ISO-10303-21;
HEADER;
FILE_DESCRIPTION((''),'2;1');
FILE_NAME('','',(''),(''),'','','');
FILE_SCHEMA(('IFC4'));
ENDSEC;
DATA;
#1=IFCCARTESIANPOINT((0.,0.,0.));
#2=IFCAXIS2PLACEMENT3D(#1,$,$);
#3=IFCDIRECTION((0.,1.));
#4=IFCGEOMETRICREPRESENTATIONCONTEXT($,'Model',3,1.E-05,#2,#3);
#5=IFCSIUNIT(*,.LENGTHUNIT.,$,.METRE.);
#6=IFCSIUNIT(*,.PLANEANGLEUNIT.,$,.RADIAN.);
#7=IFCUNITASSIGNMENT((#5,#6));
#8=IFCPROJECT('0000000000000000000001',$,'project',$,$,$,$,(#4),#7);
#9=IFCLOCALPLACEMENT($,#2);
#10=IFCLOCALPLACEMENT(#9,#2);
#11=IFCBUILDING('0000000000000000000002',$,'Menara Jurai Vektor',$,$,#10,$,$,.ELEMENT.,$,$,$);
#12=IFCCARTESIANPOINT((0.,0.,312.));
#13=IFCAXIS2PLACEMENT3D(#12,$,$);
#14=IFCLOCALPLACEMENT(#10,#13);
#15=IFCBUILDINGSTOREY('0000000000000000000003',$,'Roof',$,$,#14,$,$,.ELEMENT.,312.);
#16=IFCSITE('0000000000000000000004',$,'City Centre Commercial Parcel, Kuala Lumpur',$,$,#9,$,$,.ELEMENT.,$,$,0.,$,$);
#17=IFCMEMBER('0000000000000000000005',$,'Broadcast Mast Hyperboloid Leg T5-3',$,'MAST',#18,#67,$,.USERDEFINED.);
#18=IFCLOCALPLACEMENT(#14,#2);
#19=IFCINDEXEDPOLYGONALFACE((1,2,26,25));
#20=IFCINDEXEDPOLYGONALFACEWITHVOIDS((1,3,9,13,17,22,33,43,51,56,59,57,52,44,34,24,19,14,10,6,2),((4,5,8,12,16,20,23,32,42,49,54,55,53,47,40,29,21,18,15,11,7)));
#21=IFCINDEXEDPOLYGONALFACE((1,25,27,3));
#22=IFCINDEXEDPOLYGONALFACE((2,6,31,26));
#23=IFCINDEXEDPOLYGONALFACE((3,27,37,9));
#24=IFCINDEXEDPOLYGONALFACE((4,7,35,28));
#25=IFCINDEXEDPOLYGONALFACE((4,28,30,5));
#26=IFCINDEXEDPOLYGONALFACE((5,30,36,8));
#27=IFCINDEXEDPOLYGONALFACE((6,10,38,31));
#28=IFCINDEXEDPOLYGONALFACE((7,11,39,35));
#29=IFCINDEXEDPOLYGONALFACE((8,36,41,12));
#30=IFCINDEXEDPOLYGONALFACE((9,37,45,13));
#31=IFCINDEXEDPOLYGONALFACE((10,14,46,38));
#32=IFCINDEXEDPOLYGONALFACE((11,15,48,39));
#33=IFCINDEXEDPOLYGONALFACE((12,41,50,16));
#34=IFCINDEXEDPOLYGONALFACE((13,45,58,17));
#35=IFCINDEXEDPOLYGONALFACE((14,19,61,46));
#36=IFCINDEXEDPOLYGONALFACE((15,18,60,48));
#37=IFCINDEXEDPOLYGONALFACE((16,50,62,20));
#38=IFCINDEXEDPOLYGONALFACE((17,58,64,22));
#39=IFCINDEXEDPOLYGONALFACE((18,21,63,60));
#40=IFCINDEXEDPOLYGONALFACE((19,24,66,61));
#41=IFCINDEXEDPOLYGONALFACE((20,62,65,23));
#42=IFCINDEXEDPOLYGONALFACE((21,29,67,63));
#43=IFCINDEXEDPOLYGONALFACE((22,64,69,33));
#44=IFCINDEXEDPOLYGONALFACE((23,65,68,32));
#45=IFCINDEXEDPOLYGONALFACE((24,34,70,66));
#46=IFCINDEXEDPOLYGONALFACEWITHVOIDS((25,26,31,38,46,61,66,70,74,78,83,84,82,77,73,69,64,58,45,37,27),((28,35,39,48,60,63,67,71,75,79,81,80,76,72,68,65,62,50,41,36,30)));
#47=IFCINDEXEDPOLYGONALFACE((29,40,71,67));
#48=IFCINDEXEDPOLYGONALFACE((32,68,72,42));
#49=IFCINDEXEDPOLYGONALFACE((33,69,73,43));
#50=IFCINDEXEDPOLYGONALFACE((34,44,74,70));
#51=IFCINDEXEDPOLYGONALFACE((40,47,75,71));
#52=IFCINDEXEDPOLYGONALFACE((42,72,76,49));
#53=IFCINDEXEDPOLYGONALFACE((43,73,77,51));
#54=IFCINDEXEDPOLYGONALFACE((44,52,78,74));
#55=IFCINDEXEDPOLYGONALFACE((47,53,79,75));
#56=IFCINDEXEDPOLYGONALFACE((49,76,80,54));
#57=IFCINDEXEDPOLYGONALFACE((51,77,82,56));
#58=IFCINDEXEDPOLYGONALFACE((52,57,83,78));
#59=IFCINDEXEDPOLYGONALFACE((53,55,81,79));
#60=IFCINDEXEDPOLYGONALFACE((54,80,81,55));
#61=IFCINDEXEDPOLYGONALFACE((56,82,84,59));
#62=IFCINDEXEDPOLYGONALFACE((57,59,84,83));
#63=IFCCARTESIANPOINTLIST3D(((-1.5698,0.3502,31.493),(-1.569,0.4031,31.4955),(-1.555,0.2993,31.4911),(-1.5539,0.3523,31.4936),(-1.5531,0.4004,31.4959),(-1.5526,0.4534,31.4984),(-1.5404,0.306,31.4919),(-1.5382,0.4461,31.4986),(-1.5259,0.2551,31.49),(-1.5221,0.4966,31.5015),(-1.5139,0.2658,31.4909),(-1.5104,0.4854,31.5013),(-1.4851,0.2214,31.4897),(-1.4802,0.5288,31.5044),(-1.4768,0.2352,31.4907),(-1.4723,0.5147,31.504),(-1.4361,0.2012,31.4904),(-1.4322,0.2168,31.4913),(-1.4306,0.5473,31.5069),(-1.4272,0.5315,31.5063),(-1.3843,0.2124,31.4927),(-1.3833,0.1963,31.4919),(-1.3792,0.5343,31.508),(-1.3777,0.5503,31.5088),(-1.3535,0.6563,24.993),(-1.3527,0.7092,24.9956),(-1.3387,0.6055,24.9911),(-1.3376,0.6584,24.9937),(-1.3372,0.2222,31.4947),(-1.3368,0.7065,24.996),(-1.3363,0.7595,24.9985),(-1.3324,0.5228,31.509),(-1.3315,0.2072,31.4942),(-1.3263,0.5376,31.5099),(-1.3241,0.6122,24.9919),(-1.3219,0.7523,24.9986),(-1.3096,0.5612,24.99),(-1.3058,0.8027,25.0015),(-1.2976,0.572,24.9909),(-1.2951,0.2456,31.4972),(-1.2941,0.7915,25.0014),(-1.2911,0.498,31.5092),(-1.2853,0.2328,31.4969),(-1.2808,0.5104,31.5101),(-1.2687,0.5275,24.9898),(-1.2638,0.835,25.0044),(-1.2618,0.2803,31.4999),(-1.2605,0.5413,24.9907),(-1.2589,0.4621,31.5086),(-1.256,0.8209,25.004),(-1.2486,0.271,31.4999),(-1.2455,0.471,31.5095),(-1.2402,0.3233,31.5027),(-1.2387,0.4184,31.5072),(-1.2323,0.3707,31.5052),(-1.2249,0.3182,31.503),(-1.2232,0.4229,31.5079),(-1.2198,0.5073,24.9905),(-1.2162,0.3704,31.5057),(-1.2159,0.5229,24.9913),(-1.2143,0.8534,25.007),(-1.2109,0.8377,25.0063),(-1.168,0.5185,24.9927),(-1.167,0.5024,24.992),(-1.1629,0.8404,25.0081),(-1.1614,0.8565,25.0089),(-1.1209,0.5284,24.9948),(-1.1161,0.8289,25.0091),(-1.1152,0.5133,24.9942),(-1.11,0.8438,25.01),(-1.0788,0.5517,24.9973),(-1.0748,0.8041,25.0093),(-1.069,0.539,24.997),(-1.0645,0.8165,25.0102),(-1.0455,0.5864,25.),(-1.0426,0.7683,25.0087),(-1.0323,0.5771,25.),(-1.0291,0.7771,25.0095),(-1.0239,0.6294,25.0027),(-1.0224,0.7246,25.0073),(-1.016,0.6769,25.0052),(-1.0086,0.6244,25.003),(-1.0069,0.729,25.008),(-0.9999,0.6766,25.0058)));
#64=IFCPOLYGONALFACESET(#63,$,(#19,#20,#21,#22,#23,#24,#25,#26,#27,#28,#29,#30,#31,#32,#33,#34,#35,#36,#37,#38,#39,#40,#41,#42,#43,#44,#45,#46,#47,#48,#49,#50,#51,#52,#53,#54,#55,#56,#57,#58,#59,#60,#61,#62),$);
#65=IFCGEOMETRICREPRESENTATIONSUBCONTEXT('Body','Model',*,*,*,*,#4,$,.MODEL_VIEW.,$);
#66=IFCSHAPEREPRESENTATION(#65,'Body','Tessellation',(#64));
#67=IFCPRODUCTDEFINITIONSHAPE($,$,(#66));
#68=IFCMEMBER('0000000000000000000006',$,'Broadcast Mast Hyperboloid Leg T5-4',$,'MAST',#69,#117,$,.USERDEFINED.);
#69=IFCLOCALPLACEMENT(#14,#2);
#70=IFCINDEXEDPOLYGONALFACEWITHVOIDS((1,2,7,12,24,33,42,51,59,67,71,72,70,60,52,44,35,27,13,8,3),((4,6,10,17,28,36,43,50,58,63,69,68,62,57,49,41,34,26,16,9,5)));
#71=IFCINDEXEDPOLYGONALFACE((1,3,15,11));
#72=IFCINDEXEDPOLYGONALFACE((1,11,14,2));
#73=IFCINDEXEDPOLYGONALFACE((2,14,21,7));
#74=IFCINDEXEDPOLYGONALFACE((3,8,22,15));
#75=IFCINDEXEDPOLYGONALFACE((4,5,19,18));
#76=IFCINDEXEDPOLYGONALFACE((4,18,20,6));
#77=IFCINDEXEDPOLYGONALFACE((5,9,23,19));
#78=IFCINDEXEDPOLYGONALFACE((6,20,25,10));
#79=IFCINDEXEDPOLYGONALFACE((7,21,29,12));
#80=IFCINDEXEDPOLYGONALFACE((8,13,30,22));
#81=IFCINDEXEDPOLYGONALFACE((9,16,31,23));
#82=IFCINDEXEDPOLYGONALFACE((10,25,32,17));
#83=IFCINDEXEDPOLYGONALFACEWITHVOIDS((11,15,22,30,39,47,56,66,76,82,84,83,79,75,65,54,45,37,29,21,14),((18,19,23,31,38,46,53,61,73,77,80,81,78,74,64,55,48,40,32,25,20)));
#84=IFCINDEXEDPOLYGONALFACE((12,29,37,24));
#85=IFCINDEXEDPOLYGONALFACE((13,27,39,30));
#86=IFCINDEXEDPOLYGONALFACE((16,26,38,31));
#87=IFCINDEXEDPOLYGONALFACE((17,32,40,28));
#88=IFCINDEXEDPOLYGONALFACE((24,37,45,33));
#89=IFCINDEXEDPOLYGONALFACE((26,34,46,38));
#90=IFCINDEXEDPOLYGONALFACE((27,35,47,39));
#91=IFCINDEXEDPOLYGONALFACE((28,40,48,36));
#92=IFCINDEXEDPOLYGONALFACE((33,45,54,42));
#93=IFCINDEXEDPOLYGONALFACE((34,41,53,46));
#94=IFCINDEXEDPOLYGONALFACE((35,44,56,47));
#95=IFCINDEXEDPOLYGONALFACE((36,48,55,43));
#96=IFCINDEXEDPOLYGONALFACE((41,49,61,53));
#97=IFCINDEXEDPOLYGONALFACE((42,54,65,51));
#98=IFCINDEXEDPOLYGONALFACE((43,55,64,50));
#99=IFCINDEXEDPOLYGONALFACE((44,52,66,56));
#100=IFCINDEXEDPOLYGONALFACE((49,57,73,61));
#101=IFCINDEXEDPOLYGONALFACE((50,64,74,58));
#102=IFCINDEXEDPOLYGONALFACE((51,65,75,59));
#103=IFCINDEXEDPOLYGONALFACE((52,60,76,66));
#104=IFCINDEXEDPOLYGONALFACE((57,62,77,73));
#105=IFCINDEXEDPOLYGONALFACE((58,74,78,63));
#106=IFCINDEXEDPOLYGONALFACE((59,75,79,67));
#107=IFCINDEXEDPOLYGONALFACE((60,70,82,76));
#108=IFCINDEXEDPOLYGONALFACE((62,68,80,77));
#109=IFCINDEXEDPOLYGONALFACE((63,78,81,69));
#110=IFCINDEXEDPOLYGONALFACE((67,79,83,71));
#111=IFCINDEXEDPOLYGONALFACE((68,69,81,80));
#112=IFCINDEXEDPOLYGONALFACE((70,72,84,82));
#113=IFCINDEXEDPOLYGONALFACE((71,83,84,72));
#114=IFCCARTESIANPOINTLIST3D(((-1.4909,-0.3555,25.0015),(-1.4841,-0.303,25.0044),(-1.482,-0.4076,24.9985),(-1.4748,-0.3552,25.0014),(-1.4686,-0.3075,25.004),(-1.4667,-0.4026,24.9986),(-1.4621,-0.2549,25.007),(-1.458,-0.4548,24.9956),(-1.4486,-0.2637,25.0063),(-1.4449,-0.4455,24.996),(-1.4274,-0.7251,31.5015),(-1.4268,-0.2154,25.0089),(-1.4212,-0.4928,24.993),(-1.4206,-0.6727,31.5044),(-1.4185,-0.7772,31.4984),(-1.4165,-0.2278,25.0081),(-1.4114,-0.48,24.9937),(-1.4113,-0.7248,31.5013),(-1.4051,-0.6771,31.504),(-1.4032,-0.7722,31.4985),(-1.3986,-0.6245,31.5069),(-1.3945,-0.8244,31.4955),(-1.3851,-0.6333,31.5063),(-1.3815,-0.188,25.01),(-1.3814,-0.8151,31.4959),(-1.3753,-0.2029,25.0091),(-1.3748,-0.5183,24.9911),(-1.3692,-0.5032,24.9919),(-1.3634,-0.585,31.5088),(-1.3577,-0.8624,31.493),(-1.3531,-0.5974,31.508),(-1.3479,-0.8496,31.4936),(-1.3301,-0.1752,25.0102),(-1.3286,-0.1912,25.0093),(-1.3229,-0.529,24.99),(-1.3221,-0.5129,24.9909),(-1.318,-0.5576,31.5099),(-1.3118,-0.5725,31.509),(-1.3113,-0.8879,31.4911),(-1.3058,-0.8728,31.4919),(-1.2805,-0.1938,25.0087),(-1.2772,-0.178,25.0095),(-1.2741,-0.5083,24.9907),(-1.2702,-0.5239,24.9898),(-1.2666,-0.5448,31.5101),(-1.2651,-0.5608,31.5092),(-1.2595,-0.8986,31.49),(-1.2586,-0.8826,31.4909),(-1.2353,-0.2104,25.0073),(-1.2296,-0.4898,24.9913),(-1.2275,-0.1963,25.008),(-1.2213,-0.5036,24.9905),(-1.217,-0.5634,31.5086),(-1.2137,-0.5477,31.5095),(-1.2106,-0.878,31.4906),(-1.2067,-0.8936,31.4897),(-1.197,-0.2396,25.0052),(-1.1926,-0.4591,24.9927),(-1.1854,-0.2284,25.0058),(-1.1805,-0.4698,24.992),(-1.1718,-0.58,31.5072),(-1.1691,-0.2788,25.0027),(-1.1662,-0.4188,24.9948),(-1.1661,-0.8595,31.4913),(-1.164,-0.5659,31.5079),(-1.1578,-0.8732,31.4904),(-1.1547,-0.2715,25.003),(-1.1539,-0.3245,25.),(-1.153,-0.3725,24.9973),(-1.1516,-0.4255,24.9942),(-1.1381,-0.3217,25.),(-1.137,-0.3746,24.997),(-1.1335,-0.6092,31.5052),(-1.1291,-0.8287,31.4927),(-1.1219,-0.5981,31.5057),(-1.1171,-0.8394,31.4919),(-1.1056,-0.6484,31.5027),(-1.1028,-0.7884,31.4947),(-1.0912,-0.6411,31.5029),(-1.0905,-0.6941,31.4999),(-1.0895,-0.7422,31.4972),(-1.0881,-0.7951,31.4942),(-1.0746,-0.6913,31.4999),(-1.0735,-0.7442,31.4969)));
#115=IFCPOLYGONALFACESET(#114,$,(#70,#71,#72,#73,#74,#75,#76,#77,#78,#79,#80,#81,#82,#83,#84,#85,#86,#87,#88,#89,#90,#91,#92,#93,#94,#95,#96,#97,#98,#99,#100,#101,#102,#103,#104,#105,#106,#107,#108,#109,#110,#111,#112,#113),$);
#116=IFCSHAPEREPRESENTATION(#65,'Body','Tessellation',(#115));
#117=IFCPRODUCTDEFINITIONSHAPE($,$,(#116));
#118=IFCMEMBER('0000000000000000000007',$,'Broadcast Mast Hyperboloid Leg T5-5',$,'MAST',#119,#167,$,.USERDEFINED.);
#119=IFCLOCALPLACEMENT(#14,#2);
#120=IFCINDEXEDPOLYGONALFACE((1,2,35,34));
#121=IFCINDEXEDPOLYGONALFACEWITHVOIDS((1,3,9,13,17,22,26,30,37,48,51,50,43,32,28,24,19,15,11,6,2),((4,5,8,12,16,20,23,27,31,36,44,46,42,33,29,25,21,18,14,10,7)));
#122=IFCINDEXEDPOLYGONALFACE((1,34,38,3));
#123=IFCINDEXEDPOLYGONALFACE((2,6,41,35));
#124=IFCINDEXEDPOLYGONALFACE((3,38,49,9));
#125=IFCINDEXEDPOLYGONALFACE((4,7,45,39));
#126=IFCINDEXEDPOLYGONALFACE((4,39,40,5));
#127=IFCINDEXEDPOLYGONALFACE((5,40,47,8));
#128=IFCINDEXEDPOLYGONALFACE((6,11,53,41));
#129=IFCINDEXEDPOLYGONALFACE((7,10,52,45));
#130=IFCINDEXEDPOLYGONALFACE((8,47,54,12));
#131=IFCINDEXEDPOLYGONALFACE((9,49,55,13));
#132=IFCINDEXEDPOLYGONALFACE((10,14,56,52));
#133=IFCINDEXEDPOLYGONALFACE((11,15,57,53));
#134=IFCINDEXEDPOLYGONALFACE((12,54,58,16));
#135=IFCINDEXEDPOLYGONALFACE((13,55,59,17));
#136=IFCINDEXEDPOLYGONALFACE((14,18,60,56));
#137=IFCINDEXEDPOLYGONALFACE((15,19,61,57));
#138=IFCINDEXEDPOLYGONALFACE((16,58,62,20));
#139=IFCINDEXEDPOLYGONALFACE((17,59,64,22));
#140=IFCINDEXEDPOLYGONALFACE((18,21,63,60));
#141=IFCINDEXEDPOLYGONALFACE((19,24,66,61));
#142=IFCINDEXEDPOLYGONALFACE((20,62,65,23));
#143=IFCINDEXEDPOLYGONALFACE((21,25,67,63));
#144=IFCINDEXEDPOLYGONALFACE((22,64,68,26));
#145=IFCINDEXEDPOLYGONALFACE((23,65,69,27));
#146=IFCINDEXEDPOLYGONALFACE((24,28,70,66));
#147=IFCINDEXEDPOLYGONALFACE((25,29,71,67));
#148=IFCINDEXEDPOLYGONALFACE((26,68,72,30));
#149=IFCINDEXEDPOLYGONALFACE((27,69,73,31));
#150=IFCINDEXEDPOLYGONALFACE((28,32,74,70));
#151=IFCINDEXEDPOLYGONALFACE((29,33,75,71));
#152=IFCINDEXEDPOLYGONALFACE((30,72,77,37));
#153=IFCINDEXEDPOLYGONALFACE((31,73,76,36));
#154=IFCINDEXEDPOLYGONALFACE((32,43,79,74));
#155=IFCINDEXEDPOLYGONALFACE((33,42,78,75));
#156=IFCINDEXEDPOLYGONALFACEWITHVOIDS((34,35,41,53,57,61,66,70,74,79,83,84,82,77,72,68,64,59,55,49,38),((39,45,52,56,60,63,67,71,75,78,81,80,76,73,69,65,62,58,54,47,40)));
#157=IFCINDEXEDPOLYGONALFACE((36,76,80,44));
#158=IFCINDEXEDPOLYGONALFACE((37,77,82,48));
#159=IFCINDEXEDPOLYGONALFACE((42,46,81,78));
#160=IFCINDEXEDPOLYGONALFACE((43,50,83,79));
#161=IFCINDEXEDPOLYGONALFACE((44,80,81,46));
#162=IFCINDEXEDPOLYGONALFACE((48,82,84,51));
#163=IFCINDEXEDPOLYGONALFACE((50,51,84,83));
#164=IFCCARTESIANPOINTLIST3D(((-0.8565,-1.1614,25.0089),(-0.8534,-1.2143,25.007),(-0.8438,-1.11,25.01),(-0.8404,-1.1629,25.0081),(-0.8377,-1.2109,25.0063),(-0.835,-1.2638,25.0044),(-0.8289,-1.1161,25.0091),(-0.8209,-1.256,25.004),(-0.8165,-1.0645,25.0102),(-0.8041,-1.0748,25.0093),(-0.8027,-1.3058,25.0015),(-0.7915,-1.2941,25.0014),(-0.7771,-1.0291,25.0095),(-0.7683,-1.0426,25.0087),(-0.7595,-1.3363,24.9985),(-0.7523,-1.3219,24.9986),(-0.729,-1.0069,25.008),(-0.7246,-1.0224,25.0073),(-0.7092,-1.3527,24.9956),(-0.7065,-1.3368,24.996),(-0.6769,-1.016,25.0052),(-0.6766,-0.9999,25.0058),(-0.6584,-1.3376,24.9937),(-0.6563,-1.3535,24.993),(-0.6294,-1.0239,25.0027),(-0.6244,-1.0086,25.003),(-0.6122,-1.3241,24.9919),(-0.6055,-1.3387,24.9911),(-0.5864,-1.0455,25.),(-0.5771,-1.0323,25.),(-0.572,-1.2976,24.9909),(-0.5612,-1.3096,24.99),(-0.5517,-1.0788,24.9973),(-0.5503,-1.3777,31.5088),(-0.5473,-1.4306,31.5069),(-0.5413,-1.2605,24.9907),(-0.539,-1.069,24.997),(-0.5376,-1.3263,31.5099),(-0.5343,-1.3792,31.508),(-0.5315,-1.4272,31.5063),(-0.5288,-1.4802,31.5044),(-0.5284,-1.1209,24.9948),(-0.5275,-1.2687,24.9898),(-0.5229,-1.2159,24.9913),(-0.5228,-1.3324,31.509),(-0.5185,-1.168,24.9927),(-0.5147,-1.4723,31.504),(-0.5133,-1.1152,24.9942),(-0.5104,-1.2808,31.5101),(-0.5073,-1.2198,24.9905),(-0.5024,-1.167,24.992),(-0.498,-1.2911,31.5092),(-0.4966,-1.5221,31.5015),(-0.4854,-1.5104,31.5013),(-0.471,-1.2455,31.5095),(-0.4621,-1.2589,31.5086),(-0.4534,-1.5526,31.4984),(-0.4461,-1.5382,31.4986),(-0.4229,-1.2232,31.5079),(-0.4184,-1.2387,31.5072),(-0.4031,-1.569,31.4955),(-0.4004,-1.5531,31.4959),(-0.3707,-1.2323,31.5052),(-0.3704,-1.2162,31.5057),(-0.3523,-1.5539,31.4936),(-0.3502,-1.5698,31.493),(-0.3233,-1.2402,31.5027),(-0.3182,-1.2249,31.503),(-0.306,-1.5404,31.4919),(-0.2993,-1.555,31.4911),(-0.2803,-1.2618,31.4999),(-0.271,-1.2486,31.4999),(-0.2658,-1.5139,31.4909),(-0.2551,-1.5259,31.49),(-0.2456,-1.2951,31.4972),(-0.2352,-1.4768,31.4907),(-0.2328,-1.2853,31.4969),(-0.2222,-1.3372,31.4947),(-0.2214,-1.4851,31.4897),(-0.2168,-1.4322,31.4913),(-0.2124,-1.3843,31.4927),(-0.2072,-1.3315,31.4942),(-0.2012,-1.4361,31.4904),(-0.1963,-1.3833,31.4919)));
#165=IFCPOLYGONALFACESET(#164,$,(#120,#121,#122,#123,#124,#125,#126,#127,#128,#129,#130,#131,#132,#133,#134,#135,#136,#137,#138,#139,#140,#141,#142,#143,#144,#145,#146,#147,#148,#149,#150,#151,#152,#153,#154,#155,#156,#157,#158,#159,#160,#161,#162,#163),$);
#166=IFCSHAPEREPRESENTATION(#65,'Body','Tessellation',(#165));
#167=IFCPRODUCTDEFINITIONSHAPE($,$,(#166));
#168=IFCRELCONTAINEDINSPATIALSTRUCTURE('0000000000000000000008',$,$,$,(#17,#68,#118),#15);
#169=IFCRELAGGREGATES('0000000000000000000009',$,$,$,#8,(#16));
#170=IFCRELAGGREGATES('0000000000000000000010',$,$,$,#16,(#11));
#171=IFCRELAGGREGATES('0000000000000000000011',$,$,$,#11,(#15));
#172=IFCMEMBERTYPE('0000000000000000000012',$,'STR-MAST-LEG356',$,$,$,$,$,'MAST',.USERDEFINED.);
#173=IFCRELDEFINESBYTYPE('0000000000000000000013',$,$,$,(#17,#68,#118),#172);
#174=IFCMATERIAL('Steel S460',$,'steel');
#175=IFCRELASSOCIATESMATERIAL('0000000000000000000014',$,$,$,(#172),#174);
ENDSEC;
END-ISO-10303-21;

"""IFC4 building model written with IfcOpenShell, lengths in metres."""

from ifc_helpers import new_model, si_unit, direction, frame, origin, origin_2d, place, context, subcontext, project, spatial, hollow_circle, extrude, material, material_profile, profile_set, type_object, element, save


model = new_model("IFC4")

# Units and contexts
model_context = context("Model", 3, precision=1e-05, world=origin(), true_north=direction((0.0, 1.0)))
body_context = subcontext(model_context, "Body", "Model", "MODEL_VIEW")
ifc_project = project(units=[si_unit("LENGTHUNIT", "METRE"), si_unit("PLANEANGLEUNIT", "RADIAN")], contexts=[model_context])

# Site, building, storey
site_placement = place(None, origin())
site = spatial("IfcSite", under=ifc_project, at=site_placement, Name="City Centre Commercial Parcel, Kuala Lumpur", CompositionType="ELEMENT", RefElevation=0.0)
building_placement = place(site_placement, origin())
building = spatial("IfcBuilding", under=site, at=building_placement, Name="Menara Jurai Vektor", CompositionType="ELEMENT")
storey_placement = place(building_placement, frame((0.0, 0.0, 312.0)))
storey = spatial("IfcBuildingStorey", under=building, at=storey_placement, Name="Roof", CompositionType="ELEMENT", Elevation=312.0)

# Members
ifc_material = material(Name="Steel S460", Category="steel")
ifc_material_profile_1 = material_profile(ifc_material, hollow_circle(Radius=0.1777, WallThickness=0.0161, at=origin_2d()), Name="CHS 355.6x16")
ifc_profile_set_1 = profile_set([ifc_material_profile_1], Name="Steel S460")
member_type_1 = type_object("IfcMemberType", Name="STR-MAST-LEG356", ElementType="MAST", PredefinedType="USERDEFINED", material=ifc_profile_set_1)
for number, where, z_axis, x_axis, name in (
    (1, (-1.1775, 0.6797, 25.0), (-0.033223, -0.047022, 0.998341), (0.816715, -0.577041, 0.0), "Broadcast Mast Hyperboloid Leg T5-3"),
    (2, (-1.3132, -0.3518, 25.0), (0.009749, -0.056772, 0.99834), (0.985573, 0.169253, 0.0), "Broadcast Mast Hyperboloid Leg T5-4"),
    (3, (-0.6797, -1.1775, 25.0), (0.047022, -0.033223, 0.998341), (0.577041, 0.816715, 0.0), "Broadcast Mast Hyperboloid Leg T5-5"),
):
    element("IfcMember", number, at=place(storey_placement, frame(where, z_axis=z_axis, x_axis=x_axis)), inside=storey, type_object=member_type_1, Name=name, ObjectType="MAST", PredefinedType="USERDEFINED", context=body_context, shape_type="SweptSolid", body=[
        extrude(hollow_circle(Radius=0.1777, WallThickness=0.0161, at=origin_2d()), origin(), (0.0, 0.0, 1.0), 6.5107),
    ])

save(model, "model.ifc")
